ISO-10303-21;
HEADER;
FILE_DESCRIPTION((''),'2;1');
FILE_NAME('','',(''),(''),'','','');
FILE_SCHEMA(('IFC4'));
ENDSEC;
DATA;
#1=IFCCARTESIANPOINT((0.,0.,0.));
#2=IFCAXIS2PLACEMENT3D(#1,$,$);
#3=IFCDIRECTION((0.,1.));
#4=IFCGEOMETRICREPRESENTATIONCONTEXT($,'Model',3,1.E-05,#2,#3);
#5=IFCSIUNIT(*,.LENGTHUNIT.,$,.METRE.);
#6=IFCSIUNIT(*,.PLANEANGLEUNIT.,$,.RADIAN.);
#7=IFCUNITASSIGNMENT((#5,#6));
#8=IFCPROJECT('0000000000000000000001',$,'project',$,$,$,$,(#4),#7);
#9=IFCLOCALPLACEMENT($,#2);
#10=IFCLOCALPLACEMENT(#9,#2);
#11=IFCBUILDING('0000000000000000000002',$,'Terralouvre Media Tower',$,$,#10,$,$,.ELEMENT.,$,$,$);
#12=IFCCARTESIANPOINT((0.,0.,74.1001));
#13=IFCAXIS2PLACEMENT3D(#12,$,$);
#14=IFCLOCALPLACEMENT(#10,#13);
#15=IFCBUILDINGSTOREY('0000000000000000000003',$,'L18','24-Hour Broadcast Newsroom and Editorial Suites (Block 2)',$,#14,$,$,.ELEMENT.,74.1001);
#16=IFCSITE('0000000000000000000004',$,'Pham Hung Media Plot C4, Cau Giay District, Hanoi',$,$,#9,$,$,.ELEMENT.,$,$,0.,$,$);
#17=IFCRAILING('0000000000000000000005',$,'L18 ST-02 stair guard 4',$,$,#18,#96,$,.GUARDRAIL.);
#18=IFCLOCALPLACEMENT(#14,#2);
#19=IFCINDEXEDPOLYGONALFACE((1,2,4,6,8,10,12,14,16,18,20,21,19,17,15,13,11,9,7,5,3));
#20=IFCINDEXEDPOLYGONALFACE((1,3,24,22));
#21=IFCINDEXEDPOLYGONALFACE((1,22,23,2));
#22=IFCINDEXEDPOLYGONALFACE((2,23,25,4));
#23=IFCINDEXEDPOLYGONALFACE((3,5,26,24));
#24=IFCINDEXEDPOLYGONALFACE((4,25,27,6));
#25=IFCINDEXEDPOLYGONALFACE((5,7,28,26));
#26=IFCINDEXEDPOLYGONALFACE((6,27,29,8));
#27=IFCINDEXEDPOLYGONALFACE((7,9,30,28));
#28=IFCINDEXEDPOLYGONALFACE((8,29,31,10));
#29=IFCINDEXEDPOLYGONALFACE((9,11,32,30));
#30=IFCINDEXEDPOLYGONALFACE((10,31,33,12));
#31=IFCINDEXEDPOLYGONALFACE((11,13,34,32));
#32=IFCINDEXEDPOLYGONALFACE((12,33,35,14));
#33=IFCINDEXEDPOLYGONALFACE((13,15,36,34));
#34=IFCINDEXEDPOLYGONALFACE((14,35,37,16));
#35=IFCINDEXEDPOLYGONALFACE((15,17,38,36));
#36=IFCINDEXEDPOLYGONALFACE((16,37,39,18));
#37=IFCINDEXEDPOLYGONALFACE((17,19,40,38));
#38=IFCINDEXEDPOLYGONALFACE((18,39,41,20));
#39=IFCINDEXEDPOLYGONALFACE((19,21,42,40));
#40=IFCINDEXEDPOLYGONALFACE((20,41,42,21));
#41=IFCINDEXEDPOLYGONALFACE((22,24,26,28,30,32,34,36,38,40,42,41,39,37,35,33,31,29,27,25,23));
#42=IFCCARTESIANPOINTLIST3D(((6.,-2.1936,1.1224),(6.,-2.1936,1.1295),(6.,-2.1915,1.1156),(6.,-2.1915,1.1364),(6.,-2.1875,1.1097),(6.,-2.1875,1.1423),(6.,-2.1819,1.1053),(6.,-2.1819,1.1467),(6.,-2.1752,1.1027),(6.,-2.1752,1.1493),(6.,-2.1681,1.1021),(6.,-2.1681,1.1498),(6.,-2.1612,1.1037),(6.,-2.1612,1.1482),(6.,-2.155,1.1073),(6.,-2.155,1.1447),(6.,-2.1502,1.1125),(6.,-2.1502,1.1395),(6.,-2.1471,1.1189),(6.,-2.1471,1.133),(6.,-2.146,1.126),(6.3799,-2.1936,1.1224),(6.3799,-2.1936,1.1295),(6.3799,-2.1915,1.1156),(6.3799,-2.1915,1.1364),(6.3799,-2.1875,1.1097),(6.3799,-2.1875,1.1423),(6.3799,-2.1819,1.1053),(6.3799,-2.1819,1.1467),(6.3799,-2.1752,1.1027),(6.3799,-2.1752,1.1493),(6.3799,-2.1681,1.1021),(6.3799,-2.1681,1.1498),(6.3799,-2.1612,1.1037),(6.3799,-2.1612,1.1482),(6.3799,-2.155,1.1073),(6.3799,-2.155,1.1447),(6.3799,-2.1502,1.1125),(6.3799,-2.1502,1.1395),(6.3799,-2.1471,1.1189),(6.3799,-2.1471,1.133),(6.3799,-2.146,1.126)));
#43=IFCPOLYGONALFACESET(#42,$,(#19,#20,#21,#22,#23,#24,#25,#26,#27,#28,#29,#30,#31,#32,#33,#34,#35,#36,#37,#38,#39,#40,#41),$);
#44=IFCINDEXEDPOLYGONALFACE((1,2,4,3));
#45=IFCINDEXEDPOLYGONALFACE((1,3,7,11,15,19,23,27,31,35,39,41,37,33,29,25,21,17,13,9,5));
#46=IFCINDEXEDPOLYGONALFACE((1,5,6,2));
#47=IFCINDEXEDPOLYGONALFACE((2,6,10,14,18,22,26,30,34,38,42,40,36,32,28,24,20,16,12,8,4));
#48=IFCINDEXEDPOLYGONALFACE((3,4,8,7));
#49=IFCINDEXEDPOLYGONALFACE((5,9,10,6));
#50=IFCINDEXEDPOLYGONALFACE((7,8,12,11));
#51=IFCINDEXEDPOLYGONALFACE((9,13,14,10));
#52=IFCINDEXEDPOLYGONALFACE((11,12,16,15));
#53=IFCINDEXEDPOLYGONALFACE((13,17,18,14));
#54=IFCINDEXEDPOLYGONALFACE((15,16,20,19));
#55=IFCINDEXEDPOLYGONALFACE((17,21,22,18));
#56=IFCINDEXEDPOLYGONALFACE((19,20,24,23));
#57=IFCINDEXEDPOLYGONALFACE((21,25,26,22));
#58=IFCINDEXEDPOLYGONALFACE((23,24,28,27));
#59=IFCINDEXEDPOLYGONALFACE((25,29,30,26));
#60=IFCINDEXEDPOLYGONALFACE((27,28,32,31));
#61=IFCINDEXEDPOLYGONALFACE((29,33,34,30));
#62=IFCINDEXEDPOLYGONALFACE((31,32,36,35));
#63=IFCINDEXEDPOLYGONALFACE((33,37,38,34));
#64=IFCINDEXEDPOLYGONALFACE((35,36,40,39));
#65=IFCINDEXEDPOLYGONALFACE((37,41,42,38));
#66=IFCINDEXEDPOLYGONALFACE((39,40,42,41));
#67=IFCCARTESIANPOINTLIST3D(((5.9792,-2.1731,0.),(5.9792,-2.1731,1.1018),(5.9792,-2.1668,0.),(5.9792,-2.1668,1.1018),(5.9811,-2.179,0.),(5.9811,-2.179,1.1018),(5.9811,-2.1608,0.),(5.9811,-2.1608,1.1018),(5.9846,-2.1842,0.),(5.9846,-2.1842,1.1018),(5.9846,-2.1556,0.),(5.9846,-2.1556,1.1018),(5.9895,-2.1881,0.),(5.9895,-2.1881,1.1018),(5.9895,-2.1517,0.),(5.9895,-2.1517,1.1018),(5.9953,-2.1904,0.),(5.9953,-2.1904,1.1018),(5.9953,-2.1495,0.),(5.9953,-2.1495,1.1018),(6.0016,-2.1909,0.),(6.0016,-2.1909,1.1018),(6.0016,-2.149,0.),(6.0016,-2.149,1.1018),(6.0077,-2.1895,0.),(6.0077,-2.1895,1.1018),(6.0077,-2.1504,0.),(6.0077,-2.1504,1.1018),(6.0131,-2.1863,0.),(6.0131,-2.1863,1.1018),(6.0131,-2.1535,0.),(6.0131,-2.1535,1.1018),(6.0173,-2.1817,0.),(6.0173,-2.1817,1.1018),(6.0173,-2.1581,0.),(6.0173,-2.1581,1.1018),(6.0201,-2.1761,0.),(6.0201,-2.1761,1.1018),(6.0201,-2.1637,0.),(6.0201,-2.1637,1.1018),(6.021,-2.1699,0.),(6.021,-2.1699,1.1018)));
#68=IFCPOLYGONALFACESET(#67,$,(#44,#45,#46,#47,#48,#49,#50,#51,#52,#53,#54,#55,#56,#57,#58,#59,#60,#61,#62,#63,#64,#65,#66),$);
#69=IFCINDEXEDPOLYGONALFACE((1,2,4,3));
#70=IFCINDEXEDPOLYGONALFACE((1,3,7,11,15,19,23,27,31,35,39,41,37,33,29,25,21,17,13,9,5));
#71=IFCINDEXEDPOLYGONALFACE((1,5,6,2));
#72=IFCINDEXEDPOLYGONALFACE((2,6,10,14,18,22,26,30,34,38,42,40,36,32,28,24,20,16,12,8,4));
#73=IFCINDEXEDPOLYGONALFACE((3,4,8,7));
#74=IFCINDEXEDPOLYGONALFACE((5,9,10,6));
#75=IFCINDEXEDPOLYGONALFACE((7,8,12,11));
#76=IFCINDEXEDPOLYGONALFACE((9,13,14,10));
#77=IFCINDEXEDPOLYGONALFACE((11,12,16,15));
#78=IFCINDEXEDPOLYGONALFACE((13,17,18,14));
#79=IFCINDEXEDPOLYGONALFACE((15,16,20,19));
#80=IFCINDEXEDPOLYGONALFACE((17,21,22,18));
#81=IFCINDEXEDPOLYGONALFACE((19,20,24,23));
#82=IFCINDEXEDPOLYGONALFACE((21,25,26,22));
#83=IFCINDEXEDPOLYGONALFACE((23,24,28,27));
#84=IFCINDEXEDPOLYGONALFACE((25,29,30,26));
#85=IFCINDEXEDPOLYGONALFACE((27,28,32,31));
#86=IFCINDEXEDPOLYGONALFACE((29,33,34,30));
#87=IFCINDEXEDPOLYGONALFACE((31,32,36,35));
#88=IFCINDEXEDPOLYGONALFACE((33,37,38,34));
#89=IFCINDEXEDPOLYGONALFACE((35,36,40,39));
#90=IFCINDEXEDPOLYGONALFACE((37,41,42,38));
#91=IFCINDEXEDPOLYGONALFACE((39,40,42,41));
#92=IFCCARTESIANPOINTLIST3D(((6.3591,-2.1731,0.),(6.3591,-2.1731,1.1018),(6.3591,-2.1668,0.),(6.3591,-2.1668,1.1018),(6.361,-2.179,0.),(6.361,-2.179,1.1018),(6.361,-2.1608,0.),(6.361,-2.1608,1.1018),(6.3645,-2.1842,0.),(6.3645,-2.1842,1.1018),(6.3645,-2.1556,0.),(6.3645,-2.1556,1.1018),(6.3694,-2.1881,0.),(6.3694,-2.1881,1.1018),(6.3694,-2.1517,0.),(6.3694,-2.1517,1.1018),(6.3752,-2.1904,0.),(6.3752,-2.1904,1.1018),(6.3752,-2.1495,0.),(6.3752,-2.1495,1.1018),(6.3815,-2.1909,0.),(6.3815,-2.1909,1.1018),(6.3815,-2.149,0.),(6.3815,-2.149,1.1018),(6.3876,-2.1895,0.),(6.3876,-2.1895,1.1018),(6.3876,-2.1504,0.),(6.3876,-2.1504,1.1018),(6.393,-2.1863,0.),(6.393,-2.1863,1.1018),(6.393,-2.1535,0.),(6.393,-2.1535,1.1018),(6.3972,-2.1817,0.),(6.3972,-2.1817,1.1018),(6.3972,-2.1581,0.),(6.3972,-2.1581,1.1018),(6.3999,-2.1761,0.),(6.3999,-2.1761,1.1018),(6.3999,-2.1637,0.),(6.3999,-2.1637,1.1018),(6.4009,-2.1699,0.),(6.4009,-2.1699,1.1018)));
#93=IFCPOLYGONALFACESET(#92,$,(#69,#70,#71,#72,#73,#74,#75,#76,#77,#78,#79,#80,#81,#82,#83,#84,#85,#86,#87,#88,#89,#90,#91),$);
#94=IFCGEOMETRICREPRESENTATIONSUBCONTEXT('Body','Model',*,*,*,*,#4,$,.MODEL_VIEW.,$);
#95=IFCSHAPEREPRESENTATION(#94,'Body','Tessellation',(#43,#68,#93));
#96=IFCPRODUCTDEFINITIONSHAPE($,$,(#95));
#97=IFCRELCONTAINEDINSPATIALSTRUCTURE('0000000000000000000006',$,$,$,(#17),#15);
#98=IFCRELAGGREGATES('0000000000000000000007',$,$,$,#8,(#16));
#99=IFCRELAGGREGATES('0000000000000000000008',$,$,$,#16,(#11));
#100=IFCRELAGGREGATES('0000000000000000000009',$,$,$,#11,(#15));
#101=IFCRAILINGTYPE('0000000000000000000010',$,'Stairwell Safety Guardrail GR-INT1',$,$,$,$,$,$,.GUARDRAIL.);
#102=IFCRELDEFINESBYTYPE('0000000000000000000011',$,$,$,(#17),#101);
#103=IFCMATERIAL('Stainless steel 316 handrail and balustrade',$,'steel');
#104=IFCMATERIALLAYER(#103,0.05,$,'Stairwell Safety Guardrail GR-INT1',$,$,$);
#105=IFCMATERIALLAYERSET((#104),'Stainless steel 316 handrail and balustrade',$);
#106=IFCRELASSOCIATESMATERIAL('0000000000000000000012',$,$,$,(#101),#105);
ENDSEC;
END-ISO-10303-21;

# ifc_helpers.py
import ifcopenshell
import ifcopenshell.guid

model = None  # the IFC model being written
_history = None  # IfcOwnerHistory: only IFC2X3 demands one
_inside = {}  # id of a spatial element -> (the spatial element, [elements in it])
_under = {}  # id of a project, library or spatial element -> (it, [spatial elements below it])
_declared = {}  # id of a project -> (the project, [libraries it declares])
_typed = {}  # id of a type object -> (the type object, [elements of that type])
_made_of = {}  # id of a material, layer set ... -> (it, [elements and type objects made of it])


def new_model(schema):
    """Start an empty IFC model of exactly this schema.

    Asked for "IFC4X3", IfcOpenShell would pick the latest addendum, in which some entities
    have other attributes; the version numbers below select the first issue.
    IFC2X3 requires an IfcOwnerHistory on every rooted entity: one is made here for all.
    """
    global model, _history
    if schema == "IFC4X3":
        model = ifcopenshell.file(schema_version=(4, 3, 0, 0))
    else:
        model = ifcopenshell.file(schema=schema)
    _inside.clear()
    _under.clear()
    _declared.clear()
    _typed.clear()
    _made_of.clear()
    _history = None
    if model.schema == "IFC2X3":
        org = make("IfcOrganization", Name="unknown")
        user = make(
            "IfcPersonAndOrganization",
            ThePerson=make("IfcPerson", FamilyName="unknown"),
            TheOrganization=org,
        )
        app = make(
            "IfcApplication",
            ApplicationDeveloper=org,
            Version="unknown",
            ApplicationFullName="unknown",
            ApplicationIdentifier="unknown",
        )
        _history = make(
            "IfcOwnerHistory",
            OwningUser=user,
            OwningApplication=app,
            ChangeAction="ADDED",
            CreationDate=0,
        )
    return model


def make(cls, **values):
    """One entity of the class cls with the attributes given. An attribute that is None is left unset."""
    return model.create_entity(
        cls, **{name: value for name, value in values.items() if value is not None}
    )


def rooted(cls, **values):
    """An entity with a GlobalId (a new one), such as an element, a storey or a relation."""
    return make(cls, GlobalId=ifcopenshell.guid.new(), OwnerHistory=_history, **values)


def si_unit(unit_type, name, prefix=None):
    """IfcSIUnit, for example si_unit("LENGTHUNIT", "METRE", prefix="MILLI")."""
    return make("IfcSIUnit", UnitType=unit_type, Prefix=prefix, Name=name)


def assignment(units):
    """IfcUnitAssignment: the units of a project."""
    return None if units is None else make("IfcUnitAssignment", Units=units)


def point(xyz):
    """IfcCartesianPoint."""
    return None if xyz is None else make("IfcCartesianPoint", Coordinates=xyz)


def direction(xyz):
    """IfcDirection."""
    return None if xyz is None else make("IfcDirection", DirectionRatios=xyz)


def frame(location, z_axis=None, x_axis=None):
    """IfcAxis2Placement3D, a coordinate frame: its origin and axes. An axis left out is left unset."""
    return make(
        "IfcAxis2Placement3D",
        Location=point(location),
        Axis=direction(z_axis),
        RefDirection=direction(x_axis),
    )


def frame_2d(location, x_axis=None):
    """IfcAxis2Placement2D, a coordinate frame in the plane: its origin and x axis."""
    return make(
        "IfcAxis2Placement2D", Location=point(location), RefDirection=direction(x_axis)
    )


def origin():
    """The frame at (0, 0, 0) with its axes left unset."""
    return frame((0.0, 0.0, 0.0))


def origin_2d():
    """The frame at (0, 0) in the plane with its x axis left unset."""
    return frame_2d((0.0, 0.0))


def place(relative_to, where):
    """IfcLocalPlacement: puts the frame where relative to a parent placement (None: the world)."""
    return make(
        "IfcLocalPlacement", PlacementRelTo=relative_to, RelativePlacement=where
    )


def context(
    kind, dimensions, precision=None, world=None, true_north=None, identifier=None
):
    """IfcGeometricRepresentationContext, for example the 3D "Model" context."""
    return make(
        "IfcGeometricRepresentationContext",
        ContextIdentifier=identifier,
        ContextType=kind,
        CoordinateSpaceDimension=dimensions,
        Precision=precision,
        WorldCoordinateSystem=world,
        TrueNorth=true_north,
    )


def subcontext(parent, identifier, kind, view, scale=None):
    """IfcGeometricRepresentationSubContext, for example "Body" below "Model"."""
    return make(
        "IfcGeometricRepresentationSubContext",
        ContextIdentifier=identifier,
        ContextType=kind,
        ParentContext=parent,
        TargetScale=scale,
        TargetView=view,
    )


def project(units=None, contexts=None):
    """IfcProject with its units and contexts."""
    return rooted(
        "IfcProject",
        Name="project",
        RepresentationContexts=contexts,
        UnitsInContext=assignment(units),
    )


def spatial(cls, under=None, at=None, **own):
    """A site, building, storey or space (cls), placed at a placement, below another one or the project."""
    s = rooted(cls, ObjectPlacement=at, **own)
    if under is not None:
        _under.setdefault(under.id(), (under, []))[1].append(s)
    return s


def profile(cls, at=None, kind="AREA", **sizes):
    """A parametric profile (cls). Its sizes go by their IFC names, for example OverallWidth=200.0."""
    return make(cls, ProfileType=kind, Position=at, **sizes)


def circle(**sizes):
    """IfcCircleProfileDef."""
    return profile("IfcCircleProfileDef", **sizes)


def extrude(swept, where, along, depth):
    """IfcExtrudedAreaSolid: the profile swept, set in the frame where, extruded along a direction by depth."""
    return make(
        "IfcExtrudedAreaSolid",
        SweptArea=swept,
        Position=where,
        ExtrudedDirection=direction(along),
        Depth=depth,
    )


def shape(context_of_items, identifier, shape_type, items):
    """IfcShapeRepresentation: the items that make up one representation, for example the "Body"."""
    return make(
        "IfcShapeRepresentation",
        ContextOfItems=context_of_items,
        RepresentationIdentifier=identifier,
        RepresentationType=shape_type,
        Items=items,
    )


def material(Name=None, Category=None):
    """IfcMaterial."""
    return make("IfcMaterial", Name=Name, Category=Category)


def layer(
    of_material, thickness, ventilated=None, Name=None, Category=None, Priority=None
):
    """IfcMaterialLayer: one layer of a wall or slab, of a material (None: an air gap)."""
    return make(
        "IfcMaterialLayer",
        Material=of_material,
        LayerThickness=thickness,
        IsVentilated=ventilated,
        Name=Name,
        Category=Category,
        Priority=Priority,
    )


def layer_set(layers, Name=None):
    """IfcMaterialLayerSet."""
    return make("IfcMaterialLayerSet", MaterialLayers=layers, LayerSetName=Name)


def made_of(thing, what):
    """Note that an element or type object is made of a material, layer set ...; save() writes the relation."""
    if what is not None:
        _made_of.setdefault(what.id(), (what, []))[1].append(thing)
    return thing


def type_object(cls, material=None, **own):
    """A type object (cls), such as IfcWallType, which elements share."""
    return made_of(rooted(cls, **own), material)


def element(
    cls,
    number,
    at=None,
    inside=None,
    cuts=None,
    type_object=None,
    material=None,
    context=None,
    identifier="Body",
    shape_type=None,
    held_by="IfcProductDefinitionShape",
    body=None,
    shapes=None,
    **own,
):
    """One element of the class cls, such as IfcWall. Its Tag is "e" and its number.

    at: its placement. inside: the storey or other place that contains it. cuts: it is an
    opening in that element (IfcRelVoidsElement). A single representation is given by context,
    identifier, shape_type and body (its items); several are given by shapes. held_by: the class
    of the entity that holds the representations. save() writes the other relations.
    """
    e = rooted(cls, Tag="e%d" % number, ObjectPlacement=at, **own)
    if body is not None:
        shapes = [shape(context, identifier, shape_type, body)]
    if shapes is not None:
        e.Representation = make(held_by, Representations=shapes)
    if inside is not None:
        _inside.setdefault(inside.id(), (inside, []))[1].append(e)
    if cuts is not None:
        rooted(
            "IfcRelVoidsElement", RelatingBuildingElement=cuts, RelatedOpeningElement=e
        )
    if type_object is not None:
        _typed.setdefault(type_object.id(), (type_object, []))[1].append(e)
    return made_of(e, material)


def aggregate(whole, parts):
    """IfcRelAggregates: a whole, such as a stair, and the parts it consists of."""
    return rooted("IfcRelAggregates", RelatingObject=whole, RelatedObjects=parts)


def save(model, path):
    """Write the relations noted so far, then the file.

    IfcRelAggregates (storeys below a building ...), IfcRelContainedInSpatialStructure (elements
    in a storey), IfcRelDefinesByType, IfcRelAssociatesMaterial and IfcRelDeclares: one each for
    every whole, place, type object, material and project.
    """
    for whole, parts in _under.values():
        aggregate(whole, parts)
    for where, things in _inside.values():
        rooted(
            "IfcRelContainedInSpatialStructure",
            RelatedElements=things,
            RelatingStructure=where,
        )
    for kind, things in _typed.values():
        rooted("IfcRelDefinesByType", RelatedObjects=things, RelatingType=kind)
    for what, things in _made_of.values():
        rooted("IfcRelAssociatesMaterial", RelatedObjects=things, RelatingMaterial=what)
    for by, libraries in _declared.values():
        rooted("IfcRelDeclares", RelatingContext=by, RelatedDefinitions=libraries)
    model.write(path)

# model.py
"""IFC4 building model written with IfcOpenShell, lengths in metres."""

from ifc_helpers import new_model, si_unit, direction, frame, origin, origin_2d, place, context, subcontext, project, spatial, circle, extrude, material, layer, layer_set, type_object, element, save


model = new_model("IFC4")

# Units and contexts
model_context = context("Model", 3, precision=1e-05, world=origin(), true_north=direction((0.0, 1.0)))
body_context = subcontext(model_context, "Body", "Model", "MODEL_VIEW")
ifc_project = project(units=[si_unit("LENGTHUNIT", "METRE"), si_unit("PLANEANGLEUNIT", "RADIAN")], contexts=[model_context])

# Site, building, storey
site_placement = place(None, origin())
site = spatial("IfcSite", under=ifc_project, at=site_placement, Name="Pham Hung Media Plot C4, Cau Giay District, Hanoi", CompositionType="ELEMENT", RefElevation=0.0)
building_placement = place(site_placement, origin())
building = spatial("IfcBuilding", under=site, at=building_placement, Name="Terralouvre Media Tower", CompositionType="ELEMENT")
storey_placement = place(building_placement, frame((0.0, 0.0, 74.1001)))
storey = spatial("IfcBuildingStorey", under=building, at=storey_placement, Name="L18", Description="24-Hour Broadcast Newsroom and Editorial Suites (Block 2)", CompositionType="ELEMENT", Elevation=74.1001)

# Railing
ifc_material_1 = material(Name="Stainless steel 316 handrail and balustrade", Category="steel")
ifc_layer_1 = layer(ifc_material_1, 0.05, Name="Stairwell Safety Guardrail GR-INT1")
ifc_layer_set_1 = layer_set([ifc_layer_1], Name="Stainless steel 316 handrail and balustrade")
railing_type_1 = type_object("IfcRailingType", Name="Stairwell Safety Guardrail GR-INT1", PredefinedType="GUARDRAIL", material=ifc_layer_set_1)
railing_1_placement = place(storey_placement, frame((6.0, -2.1699, 0.0)))
element("IfcRailing", 1, at=railing_1_placement, inside=storey, type_object=railing_type_1, Name="L18 ST-02 stair guard 4", PredefinedType="GUARDRAIL", context=body_context, shape_type="SweptSolid", body=[
    extrude(circle(Radius=0.0239, at=origin_2d()), frame((0.0, 0.0, 1.126), z_axis=(1.0, 0.0, 0.0), x_axis=(0.0, 1.0, 0.0)), (0.0, 0.0, 1.0), 0.3799),
    extrude(circle(Radius=0.021, at=origin_2d()), origin(), (0.0, 0.0, 1.0), 1.1018),
    extrude(circle(Radius=0.021, at=origin_2d()), frame((0.3799, 0.0, 0.0)), (0.0, 0.0, 1.0), 1.1018),
])

save(model, "model.ifc")
